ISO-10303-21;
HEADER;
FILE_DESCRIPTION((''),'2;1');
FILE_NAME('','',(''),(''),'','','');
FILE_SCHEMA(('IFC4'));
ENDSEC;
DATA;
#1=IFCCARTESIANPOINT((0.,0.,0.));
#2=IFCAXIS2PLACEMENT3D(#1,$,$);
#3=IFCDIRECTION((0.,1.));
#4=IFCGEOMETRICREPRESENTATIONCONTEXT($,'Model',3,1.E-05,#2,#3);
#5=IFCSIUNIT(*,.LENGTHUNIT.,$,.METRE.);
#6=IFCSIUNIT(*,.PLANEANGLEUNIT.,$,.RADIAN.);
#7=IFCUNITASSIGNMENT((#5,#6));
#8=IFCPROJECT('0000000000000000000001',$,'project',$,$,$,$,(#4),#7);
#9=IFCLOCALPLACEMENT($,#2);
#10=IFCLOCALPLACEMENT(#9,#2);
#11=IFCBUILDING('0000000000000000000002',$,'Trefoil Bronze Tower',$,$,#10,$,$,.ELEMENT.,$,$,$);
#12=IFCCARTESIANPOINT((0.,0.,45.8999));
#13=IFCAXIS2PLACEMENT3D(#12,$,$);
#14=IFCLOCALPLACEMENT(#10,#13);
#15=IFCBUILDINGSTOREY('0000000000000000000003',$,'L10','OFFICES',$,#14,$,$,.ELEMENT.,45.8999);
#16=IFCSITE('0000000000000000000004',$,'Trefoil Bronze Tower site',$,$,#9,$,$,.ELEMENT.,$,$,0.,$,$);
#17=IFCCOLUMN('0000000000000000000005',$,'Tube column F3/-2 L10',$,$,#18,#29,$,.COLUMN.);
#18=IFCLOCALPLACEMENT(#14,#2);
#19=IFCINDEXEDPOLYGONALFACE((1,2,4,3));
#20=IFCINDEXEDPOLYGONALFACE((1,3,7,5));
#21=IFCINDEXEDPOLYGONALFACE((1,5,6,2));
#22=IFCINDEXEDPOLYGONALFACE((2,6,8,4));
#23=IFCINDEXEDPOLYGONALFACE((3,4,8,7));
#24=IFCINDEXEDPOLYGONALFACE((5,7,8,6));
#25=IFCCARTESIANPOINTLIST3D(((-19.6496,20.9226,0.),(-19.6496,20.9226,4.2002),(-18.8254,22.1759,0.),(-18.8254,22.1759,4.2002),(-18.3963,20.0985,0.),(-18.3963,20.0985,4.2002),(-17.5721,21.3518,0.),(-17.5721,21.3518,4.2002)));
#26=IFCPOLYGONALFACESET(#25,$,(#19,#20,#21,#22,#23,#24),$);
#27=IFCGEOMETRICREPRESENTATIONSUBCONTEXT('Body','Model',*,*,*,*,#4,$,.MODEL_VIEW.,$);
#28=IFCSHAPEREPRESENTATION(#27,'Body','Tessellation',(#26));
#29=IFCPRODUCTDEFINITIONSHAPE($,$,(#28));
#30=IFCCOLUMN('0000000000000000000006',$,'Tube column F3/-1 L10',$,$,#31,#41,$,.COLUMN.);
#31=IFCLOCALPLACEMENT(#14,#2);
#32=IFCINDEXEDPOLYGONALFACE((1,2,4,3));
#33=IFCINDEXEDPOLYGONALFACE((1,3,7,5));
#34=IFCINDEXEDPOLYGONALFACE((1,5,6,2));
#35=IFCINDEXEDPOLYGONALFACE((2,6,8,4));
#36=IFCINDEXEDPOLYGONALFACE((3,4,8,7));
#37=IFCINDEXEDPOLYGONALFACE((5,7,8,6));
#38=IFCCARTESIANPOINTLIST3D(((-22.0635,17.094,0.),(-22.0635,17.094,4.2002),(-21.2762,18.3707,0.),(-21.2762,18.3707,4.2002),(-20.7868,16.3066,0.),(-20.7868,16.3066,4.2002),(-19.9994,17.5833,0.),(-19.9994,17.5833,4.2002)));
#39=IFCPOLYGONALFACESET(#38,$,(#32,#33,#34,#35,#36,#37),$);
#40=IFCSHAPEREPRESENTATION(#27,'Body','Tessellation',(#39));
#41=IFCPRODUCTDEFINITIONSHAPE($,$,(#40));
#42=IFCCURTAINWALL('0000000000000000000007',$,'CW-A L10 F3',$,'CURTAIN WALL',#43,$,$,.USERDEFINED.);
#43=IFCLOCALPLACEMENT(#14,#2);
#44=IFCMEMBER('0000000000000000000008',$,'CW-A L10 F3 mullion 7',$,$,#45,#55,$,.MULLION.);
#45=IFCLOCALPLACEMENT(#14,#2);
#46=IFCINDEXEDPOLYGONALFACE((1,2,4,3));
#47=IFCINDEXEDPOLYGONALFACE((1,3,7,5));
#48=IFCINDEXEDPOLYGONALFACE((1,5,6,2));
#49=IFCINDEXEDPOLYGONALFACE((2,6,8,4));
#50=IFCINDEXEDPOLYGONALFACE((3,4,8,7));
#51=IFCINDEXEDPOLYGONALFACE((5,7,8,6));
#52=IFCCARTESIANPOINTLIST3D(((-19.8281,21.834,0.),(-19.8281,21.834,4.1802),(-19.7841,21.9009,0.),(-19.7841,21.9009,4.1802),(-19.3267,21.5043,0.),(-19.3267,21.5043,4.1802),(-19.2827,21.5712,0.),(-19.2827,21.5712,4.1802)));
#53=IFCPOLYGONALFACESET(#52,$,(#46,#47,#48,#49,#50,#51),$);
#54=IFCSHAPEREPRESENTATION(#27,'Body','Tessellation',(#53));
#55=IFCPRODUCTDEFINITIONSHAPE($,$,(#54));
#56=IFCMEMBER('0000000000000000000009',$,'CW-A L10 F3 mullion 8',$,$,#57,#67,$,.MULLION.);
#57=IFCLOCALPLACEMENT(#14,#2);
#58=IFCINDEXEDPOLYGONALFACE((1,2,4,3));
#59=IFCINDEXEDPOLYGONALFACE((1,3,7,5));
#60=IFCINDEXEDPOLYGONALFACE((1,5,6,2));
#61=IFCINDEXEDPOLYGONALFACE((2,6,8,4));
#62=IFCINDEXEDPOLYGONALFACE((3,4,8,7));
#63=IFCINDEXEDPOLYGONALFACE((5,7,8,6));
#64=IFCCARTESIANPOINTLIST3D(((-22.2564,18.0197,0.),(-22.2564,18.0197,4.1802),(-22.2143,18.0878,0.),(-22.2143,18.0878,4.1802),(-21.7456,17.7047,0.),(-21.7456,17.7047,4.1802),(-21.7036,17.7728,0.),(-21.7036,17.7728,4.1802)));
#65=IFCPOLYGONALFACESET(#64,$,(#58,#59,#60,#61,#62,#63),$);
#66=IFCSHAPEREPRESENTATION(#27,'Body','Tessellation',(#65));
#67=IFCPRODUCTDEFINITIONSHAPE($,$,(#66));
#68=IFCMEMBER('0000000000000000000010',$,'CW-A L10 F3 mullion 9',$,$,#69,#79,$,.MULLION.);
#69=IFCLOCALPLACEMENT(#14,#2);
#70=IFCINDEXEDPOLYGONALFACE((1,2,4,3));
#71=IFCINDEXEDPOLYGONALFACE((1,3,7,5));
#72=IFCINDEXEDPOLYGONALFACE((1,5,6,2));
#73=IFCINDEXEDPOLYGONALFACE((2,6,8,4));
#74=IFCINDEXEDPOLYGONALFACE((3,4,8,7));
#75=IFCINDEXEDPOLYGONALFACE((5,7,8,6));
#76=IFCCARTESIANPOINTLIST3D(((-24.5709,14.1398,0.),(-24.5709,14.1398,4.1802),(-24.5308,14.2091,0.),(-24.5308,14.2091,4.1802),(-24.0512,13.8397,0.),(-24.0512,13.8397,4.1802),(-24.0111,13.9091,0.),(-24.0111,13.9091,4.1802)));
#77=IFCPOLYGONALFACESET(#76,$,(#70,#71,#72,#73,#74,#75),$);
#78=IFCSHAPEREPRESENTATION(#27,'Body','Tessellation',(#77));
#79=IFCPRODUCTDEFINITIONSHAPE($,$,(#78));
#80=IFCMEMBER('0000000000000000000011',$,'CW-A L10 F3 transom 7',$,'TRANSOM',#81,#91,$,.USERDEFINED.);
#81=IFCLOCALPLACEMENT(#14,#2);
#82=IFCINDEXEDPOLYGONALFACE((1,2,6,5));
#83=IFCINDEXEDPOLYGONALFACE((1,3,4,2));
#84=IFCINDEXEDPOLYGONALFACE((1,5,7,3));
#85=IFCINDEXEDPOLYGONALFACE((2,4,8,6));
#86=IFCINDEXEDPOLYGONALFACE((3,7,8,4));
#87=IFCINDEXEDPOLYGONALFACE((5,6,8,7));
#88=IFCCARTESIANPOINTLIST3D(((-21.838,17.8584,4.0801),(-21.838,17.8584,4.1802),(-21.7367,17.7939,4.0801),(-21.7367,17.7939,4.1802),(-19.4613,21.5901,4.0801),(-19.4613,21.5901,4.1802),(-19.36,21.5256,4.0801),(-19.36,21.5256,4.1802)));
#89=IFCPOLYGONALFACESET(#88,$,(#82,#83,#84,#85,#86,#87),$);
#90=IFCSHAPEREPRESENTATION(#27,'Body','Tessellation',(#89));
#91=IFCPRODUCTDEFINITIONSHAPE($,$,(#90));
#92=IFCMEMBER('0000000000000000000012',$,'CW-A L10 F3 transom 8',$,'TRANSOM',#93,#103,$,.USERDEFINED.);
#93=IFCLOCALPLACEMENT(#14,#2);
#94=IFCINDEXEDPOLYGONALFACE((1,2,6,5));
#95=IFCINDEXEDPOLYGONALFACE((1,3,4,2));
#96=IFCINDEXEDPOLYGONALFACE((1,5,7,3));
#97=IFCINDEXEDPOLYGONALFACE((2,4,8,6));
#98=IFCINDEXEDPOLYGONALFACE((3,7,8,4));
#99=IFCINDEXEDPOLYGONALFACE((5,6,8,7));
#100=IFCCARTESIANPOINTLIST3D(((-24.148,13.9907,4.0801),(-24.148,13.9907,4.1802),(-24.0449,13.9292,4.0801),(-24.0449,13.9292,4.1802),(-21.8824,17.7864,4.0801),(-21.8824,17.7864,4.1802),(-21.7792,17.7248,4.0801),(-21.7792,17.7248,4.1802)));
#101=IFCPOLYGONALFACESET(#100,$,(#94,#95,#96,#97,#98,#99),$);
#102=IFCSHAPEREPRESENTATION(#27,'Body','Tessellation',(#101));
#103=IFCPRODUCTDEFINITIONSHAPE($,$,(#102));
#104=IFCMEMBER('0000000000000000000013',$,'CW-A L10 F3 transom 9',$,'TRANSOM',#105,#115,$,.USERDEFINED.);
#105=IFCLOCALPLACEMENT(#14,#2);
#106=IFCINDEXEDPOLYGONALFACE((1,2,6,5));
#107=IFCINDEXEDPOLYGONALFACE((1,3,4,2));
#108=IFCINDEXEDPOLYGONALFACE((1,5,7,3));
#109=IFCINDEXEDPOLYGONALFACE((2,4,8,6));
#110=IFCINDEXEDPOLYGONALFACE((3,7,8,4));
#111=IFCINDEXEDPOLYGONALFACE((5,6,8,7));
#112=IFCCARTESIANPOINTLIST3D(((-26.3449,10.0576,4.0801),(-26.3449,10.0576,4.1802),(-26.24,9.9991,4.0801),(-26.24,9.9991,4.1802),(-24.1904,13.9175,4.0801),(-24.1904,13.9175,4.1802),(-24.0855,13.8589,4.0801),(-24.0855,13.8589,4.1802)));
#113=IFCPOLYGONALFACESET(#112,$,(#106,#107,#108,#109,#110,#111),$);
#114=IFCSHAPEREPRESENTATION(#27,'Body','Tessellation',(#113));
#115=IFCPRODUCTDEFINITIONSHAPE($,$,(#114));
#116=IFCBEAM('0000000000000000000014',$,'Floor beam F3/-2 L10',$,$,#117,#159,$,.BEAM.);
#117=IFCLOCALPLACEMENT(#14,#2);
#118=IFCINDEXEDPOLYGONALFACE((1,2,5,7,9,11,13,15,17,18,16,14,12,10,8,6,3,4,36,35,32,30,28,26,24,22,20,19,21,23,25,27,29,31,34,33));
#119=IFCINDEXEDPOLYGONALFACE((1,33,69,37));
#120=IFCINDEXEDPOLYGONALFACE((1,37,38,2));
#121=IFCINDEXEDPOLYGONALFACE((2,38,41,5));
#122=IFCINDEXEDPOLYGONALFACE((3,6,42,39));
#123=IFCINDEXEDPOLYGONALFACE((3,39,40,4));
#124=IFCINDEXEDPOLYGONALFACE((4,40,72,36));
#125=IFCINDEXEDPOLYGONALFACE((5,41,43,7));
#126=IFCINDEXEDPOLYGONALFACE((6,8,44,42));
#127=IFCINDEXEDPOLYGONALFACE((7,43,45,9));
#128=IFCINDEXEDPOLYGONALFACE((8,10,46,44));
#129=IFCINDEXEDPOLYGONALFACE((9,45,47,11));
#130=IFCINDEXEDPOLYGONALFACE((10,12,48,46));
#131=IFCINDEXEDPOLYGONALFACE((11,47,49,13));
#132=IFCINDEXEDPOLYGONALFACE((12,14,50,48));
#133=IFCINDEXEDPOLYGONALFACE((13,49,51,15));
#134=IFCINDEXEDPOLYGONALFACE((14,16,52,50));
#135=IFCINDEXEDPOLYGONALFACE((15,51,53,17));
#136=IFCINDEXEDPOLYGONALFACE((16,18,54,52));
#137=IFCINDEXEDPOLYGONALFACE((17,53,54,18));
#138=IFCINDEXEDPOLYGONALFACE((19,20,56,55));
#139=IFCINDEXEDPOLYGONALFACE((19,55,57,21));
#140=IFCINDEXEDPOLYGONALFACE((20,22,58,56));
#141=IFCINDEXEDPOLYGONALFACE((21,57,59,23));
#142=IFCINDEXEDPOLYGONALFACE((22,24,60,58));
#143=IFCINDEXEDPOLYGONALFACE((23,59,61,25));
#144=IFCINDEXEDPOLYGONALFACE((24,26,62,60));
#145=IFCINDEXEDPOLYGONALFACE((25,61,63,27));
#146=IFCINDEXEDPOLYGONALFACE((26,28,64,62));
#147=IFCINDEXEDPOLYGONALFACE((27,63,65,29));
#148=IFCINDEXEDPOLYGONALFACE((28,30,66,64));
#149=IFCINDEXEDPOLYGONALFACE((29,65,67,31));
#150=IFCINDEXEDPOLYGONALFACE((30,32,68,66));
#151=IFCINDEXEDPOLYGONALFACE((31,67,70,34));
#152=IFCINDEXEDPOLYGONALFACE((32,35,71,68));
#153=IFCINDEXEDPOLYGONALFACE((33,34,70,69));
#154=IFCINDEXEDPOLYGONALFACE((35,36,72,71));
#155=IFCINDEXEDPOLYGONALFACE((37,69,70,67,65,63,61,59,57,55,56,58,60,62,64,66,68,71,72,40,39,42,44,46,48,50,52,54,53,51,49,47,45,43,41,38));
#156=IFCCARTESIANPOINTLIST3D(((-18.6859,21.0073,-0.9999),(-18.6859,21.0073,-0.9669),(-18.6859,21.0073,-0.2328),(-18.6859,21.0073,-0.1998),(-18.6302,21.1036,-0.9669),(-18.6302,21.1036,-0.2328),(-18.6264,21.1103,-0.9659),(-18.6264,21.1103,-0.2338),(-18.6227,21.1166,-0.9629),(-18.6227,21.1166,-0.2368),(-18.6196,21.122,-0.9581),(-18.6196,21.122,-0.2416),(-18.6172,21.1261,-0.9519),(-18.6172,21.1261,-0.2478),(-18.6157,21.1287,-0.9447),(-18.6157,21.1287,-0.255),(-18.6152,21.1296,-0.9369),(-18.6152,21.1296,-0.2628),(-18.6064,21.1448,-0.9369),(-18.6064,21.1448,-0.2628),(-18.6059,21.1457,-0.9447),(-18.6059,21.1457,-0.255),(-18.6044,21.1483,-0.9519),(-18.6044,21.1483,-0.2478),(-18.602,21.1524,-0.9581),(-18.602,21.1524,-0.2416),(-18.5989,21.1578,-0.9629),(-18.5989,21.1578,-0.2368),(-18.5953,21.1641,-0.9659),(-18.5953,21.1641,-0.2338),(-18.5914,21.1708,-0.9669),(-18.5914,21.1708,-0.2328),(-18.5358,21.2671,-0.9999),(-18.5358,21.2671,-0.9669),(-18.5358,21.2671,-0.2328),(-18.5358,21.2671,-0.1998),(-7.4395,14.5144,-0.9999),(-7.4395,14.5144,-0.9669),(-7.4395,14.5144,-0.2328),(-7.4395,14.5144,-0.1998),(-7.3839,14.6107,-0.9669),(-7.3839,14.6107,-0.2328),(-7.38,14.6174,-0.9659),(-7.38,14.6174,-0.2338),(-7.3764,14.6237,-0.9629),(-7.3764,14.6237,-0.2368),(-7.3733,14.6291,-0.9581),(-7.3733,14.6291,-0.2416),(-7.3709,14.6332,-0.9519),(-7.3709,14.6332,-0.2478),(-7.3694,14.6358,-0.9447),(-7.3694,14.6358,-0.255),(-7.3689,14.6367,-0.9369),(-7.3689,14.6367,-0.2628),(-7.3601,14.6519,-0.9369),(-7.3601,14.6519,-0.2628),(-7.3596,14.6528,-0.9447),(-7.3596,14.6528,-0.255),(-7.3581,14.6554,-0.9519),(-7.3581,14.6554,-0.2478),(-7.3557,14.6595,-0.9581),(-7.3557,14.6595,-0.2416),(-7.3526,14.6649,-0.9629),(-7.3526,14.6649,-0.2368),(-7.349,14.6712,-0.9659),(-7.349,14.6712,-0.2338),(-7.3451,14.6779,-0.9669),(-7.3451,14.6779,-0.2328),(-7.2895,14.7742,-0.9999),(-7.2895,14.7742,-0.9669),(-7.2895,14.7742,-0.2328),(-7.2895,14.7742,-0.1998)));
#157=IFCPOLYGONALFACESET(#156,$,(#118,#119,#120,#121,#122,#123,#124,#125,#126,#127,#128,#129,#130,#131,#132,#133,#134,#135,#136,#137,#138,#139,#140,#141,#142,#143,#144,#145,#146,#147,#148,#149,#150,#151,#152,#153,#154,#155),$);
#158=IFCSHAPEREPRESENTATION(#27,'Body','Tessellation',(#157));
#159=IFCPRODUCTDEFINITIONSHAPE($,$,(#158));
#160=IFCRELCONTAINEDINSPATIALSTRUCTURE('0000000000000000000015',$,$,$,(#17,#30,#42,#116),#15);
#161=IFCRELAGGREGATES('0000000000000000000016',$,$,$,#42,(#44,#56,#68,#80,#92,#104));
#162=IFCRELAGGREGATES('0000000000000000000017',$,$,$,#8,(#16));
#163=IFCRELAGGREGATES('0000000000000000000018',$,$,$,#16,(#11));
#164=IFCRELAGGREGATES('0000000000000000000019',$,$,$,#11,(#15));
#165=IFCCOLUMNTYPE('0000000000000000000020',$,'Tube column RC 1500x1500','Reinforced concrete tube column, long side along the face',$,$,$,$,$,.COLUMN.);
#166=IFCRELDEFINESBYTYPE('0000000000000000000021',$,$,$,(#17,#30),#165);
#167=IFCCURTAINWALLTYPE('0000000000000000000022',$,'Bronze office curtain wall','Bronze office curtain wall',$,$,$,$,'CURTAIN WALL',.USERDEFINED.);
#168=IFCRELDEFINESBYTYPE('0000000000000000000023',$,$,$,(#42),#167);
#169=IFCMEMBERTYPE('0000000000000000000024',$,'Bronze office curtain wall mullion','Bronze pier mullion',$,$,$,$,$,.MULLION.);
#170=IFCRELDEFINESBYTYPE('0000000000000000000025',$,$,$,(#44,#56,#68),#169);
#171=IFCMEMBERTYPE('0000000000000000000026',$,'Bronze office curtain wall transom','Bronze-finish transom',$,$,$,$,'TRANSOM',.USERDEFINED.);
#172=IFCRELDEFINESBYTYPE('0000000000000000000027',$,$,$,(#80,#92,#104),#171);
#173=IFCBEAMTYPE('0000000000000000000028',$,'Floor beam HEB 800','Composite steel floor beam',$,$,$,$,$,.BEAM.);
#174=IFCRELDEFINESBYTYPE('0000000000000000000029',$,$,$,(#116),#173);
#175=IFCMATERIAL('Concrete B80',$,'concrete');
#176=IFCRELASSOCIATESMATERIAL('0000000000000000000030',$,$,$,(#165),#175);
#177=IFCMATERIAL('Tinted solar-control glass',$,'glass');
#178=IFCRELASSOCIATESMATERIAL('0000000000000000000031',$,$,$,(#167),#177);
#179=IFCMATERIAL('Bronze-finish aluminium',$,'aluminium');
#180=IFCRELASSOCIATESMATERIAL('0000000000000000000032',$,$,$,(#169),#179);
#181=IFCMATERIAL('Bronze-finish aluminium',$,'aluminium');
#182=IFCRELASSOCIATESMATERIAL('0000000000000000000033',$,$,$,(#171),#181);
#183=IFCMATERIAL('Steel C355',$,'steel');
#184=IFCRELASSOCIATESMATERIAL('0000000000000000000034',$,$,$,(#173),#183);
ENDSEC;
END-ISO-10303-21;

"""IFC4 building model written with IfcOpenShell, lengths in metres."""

from ifc_helpers import new_model, si_unit, direction, frame, origin, origin_2d, place, context, subcontext, project, spatial, rectangle, i_section, extrude, material, material_profile, profile_set, type_object, element, aggregate, save


model = new_model("IFC4")

# Units and contexts
model_context = context("Model", 3, precision=1e-05, world=origin(), true_north=direction((0.0, 1.0)))
body_context = subcontext(model_context, "Body", "Model", "MODEL_VIEW")
ifc_project = project(units=[si_unit("LENGTHUNIT", "METRE"), si_unit("PLANEANGLEUNIT", "RADIAN")], contexts=[model_context])

# Site, building, storey
site_placement = place(None, origin())
site = spatial("IfcSite", under=ifc_project, at=site_placement, Name="Trefoil Bronze Tower site", CompositionType="ELEMENT", RefElevation=0.0)
building_placement = place(site_placement, origin())
building = spatial("IfcBuilding", under=site, at=building_placement, Name="Trefoil Bronze Tower", CompositionType="ELEMENT")
storey_placement = place(building_placement, frame((0.0, 0.0, 45.8999)))
storey = spatial("IfcBuildingStorey", under=building, at=storey_placement, Name="L10", Description="OFFICES", CompositionType="ELEMENT", Elevation=45.8999)

# Columns
ifc_material_1 = material(Name="Concrete B80", Category="concrete")
ifc_material_profile_1 = material_profile(ifc_material_1, rectangle(XDim=1.5, YDim=1.5, at=origin_2d()), Name="RC 1500x1500")
ifc_profile_set_1 = profile_set([ifc_material_profile_1], Name="Concrete B80")
column_type = type_object("IfcColumnType", Name="Tube column RC 1500x1500", Description="Reinforced concrete tube column, long side along the face", PredefinedType="COLUMN", material=ifc_profile_set_1)
for number, where, z_axis, x_axis, name in (
    (1, (-18.6108, 21.1372, 0.0), (0.0, 0.0, 1.0), (-0.549424, -0.835544, 0.0), "Tube column F3/-2 L10"),
    (2, (-21.0315, 17.3386, 0.0), (0.0, 0.0, 1.0), (-0.524923, -0.85115, 0.0), "Tube column F3/-1 L10"),
):
    element("IfcColumn", number, at=place(storey_placement, frame(where, z_axis=z_axis, x_axis=x_axis)), inside=storey, type_object=column_type, Name=name, PredefinedType="COLUMN", context=body_context, shape_type="SweptSolid", body=[
        extrude(rectangle(XDim=1.5, YDim=1.5, at=origin_2d()), origin(), (0.0, 0.0, 1.0), 4.2002),
    ])

# Curtain wall, members
ifc_material_2 = material(Name="Tinted solar-control glass", Category="glass")
curtain_wall_type = type_object("IfcCurtainWallType", Name="Bronze office curtain wall", Description="Bronze office curtain wall", ElementType="CURTAIN WALL", PredefinedType="USERDEFINED", material=ifc_material_2)
curtain_wall_placement = place(storey_placement, origin())
curtain_wall = element("IfcCurtainWall", 3, at=curtain_wall_placement, inside=storey, type_object=curtain_wall_type, Name="CW-A L10 F3", ObjectType="CURTAIN WALL", PredefinedType="USERDEFINED")
ifc_material_3 = material(Name="Bronze-finish aluminium", Category="aluminium")
ifc_material_profile_2 = material_profile(ifc_material_3, rectangle(XDim=0.6001, YDim=0.0801, at=origin_2d()), Name="CW-A mullion")
ifc_profile_set_2 = profile_set([ifc_material_profile_2], Name="Bronze-finish aluminium")
member_type_1 = type_object("IfcMemberType", Name="Bronze office curtain wall mullion", Description="Bronze pier mullion", PredefinedType="MULLION", material=ifc_profile_set_2)
member_1_placement = place(storey_placement, frame((-19.5554, 21.7026, 0.0), z_axis=(0.0, 0.0, 1.0), x_axis=(0.835544, -0.549424, 0.0)))
member_1 = element("IfcMember", 4, at=member_1_placement, type_object=member_type_1, Name="CW-A L10 F3 mullion 7", PredefinedType="MULLION", context=body_context, shape_type="SweptSolid", body=[
    extrude(rectangle(XDim=0.6001, YDim=0.0801, at=origin_2d()), origin(), (0.0, 0.0, 1.0), 4.1802),
])
member_2_placement = place(storey_placement, frame((-21.98, 17.8962, 0.0), z_axis=(0.0, 0.0, 1.0), x_axis=(0.85115, -0.524923, 0.0)))
member_2 = element("IfcMember", 5, at=member_2_placement, type_object=member_type_1, Name="CW-A L10 F3 mullion 8", PredefinedType="MULLION", context=body_context, shape_type="SweptSolid", body=[
    extrude(rectangle(XDim=0.6001, YDim=0.0801, at=origin_2d()), origin(), (0.0, 0.0, 1.0), 4.1802),
])
member_3_placement = place(storey_placement, frame((-24.291, 14.0244, 0.0), z_axis=(0.0, 0.0, 1.0), x_axis=(0.866025, -0.5, 0.0)))
member_3 = element("IfcMember", 6, at=member_3_placement, type_object=member_type_1, Name="CW-A L10 F3 mullion 9", PredefinedType="MULLION", context=body_context, shape_type="SweptSolid", body=[
    extrude(rectangle(XDim=0.6001, YDim=0.0801, at=origin_2d()), origin(), (0.0, 0.0, 1.0), 4.1802),
])
ifc_material_4 = material(Name="Bronze-finish aluminium", Category="aluminium")
ifc_material_profile_3 = material_profile(ifc_material_4, rectangle(XDim=0.1201, YDim=0.1001, at=origin_2d()), Name="CW-A transom")
ifc_profile_set_3 = profile_set([ifc_material_profile_3], Name="Bronze-finish aluminium")
member_type_2 = type_object("IfcMemberType", Name="Bronze office curtain wall transom", Description="Bronze-finish transom", ElementType="TRANSOM", PredefinedType="USERDEFINED", material=ifc_profile_set_3)
member_4_placement = place(storey_placement, frame((-19.4106, 21.5579, 4.1301), z_axis=(-0.537197, -0.843457, 0.0), x_axis=(0.843457, -0.537197, 0.0)))
member_4 = element("IfcMember", 7, at=member_4_placement, type_object=member_type_2, Name="CW-A L10 F3 transom 7", ObjectType="TRANSOM", PredefinedType="USERDEFINED", context=body_context, shape_type="SweptSolid", body=[
    extrude(rectangle(XDim=0.1201, YDim=0.1001, at=origin_2d()), origin(), (0.0, 0.0, 1.0), 4.4243),
])
member_5_placement = place(storey_placement, frame((-21.8308, 17.7556, 4.1301), z_axis=(-0.512537, -0.858665, 0.0), x_axis=(0.858665, -0.512537, 0.0)))
member_5 = element("IfcMember", 8, at=member_5_placement, type_object=member_type_2, Name="CW-A L10 F3 transom 8", ObjectType="TRANSOM", PredefinedType="USERDEFINED", context=body_context, shape_type="SweptSolid", body=[
    extrude(rectangle(XDim=0.1201, YDim=0.1001, at=origin_2d()), origin(), (0.0, 0.0, 1.0), 4.4204),
])
member_6_placement = place(storey_placement, frame((-24.1379, 13.8882, 4.1301), z_axis=(-0.4874, -0.873179, 0.0), x_axis=(0.873179, -0.4874, 0.0)))
member_6 = element("IfcMember", 9, at=member_6_placement, type_object=member_type_2, Name="CW-A L10 F3 transom 9", ObjectType="TRANSOM", PredefinedType="USERDEFINED", context=body_context, shape_type="SweptSolid", body=[
    extrude(rectangle(XDim=0.1201, YDim=0.1001, at=origin_2d()), origin(), (0.0, 0.0, 1.0), 4.4204),
])

# Beam
ifc_material_5 = material(Name="Steel C355", Category="steel")
ifc_material_profile_4 = material_profile(ifc_material_5, i_section(OverallWidth=0.3, OverallDepth=0.8, WebThickness=0.0176, FlangeThickness=0.033, FilletRadius=0.03, at=origin_2d()), Name="HEB 800")
ifc_profile_set_4 = profile_set([ifc_material_profile_4], Name="Steel C355")
beam_type_1 = type_object("IfcBeamType", Name="Floor beam HEB 800", Description="Composite steel floor beam", PredefinedType="BEAM", material=ifc_profile_set_4)
beam_1_placement = place(storey_placement, frame((-18.6108, 21.1372, -0.5999), z_axis=(0.866031, -0.499991, 0.0), x_axis=(0.499991, 0.866031, 0.0)))
element("IfcBeam", 10, at=beam_1_placement, inside=storey, type_object=beam_type_1, Name="Floor beam F3/-2 L10", PredefinedType="BEAM", context=body_context, shape_type="SweptSolid", body=[
    extrude(i_section(OverallWidth=0.3, OverallDepth=0.8, WebThickness=0.0176, FlangeThickness=0.033, FilletRadius=0.03, at=origin_2d()), origin(), (0.0, 0.0, 1.0), 12.9861),
])

aggregate(curtain_wall, [member_1, member_2, member_3, member_4, member_5, member_6])

save(model, "model.ifc")
